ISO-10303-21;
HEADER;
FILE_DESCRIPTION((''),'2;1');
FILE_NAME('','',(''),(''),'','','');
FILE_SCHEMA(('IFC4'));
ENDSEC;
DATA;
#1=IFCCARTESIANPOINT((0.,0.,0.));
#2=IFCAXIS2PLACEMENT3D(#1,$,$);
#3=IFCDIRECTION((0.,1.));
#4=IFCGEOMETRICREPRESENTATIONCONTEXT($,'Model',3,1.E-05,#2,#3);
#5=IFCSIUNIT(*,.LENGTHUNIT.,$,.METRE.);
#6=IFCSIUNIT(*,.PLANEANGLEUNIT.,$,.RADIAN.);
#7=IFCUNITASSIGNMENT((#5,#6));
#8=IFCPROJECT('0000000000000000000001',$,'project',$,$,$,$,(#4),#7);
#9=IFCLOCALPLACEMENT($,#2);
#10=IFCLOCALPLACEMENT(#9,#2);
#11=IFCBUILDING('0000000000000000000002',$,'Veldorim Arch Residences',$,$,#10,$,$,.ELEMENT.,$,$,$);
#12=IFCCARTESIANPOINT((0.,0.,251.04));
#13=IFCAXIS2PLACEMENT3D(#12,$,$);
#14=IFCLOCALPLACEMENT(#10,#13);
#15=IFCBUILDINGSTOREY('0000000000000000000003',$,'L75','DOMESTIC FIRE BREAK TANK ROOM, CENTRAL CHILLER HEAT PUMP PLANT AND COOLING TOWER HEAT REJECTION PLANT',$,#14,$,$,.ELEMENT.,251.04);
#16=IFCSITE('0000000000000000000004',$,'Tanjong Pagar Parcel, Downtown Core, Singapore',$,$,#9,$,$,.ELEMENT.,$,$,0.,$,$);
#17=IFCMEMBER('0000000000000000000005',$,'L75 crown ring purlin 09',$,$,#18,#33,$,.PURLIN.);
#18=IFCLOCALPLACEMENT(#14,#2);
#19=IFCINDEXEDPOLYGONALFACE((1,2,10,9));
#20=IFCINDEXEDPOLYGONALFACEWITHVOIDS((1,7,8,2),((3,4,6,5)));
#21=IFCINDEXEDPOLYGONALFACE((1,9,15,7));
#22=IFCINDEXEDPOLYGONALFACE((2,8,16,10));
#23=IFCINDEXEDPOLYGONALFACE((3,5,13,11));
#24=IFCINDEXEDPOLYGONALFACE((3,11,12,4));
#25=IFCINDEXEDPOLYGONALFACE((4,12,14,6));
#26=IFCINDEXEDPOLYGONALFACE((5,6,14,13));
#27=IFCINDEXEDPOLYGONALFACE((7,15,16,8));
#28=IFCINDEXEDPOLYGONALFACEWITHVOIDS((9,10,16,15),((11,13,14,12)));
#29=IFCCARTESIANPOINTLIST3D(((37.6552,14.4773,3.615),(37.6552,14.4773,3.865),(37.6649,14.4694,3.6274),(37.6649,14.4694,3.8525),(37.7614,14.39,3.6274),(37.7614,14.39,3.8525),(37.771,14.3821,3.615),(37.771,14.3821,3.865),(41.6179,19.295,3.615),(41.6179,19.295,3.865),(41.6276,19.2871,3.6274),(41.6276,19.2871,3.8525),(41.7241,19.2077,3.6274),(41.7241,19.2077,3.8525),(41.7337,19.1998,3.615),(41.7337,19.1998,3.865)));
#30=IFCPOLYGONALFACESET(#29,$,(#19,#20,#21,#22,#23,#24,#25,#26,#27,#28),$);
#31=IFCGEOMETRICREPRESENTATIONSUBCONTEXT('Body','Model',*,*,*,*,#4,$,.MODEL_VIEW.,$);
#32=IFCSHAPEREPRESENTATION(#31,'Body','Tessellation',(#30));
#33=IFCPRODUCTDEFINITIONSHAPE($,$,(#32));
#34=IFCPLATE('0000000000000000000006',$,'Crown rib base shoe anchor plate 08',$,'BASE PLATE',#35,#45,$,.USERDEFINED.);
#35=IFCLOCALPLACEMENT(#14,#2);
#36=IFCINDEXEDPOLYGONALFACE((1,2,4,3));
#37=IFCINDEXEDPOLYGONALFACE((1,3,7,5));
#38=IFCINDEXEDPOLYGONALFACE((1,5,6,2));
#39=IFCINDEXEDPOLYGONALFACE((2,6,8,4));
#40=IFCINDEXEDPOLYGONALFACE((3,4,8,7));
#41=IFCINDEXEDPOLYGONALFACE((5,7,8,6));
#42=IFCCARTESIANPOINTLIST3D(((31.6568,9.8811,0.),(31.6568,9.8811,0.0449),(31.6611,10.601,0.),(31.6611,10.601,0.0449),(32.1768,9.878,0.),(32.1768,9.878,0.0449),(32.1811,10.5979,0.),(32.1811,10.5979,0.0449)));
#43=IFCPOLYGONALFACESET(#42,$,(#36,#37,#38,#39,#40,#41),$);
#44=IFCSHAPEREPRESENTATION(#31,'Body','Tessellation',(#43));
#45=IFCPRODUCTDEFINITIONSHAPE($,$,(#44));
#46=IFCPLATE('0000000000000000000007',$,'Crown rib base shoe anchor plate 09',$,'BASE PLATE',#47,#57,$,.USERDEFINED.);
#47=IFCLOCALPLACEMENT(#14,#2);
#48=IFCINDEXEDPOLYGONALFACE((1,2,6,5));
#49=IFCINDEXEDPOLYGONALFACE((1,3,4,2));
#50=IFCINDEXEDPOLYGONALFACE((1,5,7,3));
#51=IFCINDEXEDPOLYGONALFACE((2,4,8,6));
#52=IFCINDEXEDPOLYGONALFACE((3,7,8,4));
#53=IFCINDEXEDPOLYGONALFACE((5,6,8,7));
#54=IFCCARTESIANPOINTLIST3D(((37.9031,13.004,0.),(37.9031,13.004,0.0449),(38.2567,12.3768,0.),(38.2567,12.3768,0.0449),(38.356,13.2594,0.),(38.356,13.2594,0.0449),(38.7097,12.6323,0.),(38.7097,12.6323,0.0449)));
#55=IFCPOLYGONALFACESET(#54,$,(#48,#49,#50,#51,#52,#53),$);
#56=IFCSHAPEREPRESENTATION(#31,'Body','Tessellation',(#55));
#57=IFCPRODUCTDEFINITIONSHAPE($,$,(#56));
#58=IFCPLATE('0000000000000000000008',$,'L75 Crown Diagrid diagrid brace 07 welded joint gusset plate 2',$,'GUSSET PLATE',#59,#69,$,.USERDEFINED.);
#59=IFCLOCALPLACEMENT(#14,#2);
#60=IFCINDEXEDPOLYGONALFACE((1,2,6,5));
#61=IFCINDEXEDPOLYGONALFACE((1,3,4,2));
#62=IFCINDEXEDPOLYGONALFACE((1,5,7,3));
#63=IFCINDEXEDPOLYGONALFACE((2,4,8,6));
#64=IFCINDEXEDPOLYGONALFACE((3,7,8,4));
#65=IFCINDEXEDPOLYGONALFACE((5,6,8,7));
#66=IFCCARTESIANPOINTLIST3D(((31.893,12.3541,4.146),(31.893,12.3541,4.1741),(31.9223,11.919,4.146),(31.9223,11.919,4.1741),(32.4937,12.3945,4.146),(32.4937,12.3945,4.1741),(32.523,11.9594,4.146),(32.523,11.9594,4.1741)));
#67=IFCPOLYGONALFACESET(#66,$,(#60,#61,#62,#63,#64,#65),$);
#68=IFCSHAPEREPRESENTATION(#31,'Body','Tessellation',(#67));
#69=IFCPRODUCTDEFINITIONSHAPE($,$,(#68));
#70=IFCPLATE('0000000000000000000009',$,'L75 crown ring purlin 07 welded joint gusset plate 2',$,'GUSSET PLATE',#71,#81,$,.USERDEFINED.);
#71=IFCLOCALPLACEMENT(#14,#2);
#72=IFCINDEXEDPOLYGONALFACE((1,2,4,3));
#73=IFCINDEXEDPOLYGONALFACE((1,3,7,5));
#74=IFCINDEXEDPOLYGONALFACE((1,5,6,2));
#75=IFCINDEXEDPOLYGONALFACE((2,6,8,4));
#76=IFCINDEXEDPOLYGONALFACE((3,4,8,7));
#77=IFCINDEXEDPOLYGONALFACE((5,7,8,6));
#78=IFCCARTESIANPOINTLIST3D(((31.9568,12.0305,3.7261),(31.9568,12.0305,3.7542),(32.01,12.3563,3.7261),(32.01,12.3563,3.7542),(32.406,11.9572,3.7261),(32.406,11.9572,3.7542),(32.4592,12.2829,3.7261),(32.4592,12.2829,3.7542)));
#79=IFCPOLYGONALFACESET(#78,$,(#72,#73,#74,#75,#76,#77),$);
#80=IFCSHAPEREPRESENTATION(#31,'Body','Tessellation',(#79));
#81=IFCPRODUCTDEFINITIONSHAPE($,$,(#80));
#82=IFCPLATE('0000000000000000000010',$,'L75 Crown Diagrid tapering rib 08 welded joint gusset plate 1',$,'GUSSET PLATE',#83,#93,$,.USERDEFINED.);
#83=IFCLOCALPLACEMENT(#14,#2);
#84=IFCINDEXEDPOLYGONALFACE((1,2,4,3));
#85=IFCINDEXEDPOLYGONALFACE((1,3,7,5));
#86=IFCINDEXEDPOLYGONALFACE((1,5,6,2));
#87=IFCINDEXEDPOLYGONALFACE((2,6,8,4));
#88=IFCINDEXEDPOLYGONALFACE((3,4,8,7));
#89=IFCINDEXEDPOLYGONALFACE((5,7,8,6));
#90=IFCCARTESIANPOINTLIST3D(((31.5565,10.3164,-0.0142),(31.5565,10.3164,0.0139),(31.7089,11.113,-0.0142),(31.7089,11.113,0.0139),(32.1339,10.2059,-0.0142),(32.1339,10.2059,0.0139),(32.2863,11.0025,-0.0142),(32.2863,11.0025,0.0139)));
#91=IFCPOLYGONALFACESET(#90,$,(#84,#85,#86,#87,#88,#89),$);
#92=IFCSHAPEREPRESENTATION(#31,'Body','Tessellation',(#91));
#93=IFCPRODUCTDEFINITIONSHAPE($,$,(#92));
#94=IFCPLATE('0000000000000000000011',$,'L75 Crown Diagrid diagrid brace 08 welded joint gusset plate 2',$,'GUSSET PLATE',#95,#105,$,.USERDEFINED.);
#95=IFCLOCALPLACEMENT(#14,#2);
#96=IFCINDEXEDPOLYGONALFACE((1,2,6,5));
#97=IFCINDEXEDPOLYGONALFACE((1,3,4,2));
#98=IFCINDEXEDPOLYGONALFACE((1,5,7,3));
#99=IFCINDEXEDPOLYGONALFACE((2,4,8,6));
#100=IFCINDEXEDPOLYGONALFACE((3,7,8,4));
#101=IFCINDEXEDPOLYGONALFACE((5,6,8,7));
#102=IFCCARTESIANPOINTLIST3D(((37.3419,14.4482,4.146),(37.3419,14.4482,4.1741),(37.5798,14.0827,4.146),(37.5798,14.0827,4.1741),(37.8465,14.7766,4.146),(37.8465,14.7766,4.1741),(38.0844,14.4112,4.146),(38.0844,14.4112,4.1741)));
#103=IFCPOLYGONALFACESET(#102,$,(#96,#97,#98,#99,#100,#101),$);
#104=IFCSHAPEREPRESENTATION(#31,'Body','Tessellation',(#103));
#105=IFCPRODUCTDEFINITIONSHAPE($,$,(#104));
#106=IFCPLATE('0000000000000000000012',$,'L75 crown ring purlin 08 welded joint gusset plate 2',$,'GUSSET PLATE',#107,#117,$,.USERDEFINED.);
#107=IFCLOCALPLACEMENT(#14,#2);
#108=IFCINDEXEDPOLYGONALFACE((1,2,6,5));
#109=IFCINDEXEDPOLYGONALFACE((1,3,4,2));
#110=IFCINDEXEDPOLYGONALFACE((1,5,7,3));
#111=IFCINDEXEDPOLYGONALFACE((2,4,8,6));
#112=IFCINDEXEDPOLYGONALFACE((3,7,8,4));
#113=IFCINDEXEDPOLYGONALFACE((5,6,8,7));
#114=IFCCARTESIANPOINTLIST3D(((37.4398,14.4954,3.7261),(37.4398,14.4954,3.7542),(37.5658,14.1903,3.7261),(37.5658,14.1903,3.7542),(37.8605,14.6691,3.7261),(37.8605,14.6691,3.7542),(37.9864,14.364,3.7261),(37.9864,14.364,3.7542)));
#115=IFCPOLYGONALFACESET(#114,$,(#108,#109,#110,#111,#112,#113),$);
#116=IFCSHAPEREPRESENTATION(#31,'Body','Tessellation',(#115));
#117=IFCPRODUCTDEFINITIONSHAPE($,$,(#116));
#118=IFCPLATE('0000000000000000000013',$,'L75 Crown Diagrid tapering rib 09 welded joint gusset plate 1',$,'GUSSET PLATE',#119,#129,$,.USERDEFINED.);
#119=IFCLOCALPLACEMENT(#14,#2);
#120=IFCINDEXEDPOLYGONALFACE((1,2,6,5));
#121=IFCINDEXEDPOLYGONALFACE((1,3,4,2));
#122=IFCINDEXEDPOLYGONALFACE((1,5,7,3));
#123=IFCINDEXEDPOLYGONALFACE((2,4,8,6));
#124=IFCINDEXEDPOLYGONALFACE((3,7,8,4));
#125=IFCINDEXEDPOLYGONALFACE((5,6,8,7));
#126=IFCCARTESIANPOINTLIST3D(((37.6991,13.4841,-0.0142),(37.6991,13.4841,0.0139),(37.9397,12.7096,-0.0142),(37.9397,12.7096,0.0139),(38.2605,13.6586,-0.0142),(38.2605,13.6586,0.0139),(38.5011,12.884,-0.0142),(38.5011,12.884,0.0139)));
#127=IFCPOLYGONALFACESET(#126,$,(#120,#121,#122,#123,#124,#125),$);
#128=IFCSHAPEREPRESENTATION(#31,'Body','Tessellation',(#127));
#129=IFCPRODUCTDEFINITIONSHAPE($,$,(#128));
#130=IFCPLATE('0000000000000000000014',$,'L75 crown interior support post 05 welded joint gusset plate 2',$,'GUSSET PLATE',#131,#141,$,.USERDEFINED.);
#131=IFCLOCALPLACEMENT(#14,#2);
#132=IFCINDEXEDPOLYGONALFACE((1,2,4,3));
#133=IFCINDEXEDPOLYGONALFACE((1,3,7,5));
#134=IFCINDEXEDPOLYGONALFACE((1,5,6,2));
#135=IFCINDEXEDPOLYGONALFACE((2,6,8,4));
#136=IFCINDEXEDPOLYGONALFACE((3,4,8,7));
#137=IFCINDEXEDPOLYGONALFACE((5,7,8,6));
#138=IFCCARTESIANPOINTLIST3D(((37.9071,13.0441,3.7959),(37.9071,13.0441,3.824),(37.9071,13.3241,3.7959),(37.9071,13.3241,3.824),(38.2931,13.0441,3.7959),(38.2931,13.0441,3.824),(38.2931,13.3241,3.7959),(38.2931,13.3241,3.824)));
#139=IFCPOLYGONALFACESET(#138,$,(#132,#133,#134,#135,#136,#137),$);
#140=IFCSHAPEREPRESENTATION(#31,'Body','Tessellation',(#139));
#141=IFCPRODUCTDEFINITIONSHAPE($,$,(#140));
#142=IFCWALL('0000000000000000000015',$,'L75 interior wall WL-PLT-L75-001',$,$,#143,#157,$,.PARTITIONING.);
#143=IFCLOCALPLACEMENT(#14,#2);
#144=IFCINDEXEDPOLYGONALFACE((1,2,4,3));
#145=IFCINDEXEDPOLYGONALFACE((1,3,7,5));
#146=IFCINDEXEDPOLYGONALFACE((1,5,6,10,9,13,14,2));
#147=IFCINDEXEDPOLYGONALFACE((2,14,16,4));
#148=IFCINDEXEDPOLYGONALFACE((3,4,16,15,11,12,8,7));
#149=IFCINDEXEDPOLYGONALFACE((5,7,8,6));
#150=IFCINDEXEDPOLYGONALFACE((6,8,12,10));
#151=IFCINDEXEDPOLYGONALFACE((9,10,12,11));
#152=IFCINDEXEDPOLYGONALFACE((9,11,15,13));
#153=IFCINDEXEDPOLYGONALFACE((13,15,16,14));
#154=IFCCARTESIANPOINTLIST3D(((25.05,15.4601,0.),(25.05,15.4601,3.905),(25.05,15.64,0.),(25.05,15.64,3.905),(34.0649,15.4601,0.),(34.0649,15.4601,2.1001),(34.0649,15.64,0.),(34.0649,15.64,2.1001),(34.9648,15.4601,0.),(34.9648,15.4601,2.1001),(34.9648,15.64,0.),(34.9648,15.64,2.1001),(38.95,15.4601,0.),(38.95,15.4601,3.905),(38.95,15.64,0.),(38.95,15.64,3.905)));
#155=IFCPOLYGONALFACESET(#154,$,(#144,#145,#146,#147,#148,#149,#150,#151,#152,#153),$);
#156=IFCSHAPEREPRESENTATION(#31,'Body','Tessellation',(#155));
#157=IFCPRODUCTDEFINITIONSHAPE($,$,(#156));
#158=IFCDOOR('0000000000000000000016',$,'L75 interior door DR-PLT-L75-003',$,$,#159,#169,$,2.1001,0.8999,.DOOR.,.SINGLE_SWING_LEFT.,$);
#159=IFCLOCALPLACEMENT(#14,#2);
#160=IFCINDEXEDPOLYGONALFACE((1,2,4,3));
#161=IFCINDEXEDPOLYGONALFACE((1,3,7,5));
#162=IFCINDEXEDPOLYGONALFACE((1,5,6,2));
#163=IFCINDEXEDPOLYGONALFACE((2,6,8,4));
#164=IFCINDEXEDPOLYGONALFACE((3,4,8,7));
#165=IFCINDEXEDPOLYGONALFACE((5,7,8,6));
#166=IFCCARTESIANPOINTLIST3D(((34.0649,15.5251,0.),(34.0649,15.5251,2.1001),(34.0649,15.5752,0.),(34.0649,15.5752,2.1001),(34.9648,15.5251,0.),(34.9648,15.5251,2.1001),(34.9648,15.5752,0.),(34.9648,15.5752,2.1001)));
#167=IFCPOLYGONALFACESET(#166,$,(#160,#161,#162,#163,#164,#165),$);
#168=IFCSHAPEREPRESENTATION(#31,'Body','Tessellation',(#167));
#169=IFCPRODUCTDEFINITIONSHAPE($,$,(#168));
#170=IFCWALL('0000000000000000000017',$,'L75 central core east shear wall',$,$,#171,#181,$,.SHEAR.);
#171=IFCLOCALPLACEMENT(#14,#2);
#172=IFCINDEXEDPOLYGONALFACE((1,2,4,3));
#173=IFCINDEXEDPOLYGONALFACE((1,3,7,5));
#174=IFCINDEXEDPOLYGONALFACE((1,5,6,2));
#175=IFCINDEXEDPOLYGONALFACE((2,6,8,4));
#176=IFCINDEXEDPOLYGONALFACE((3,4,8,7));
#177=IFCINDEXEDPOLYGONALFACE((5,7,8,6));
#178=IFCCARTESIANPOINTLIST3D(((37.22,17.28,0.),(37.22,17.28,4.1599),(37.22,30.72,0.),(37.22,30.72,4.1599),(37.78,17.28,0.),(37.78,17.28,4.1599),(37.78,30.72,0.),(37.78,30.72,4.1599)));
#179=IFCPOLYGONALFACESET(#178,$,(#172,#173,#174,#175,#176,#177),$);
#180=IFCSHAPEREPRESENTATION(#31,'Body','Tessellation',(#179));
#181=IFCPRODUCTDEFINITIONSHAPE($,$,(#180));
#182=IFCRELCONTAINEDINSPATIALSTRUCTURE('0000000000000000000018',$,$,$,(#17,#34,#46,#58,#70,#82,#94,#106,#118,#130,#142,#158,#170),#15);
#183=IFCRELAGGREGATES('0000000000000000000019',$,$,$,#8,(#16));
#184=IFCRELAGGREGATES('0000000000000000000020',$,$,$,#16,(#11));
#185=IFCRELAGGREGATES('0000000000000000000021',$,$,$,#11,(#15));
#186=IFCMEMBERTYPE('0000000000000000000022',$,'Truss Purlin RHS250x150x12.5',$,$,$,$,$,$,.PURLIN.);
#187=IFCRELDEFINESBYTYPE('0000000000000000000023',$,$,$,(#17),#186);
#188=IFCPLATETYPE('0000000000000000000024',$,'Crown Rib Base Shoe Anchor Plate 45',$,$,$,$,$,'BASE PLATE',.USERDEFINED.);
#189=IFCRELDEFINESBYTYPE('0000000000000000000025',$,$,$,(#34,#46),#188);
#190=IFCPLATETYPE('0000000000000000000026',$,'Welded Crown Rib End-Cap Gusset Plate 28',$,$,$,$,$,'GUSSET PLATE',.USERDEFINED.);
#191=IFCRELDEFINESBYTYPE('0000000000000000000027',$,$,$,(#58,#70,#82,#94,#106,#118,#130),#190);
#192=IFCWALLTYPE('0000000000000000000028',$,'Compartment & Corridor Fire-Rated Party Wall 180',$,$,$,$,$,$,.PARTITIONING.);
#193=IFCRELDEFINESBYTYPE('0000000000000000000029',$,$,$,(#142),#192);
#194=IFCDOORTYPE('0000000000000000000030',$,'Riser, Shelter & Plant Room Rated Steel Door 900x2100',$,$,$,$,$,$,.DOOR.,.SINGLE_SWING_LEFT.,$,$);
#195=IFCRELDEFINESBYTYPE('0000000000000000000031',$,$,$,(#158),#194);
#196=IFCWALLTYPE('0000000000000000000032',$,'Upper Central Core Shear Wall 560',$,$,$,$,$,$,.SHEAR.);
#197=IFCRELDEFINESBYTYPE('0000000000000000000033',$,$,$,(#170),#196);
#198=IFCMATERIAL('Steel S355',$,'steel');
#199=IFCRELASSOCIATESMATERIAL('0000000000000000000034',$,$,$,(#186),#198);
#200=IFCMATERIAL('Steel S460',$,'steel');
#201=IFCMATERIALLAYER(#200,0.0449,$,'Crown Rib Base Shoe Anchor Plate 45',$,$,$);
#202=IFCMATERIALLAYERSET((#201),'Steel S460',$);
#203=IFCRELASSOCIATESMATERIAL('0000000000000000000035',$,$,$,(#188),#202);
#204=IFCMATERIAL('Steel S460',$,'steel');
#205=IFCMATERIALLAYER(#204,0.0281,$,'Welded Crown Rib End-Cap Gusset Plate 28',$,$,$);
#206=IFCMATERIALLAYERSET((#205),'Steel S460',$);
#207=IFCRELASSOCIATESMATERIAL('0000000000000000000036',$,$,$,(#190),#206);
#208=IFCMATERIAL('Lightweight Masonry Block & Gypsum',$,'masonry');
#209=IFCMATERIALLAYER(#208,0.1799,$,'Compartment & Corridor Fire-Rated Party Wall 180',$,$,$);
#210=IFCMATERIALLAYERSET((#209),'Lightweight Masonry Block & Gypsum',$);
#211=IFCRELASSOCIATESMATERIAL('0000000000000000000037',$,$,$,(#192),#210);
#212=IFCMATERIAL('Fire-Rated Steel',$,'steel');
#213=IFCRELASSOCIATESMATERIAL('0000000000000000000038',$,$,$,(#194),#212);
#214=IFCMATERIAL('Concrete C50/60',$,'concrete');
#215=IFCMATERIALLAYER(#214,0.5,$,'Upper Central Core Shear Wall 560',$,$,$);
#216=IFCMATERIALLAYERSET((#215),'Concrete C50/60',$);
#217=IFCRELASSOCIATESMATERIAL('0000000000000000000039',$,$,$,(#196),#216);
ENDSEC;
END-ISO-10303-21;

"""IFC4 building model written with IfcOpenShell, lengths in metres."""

from ifc_helpers import new_model, si_unit, direction, frame, frame_2d, origin, origin_2d, place, context, subcontext, project, spatial, rectangle, hollow_rectangle, extrude, material, layer, layer_set, material_profile, profile_set, type_object, element, fill, save


model = new_model("IFC4")

# Units and contexts
model_context = context("Model", 3, precision=1e-05, world=origin(), true_north=direction((0.0, 1.0)))
body_context = subcontext(model_context, "Body", "Model", "MODEL_VIEW")
ifc_project = project(units=[si_unit("LENGTHUNIT", "METRE"), si_unit("PLANEANGLEUNIT", "RADIAN")], contexts=[model_context])

# Site, building, storey
site_placement = place(None, origin())
site = spatial("IfcSite", under=ifc_project, at=site_placement, Name="Tanjong Pagar Parcel, Downtown Core, Singapore", CompositionType="ELEMENT", RefElevation=0.0)
building_placement = place(site_placement, origin())
building = spatial("IfcBuilding", under=site, at=building_placement, Name="Veldorim Arch Residences", CompositionType="ELEMENT")
storey_placement = place(building_placement, frame((0.0, 0.0, 251.04)))
storey = spatial("IfcBuildingStorey", under=building, at=storey_placement, Name="L75", Description="DOMESTIC FIRE BREAK TANK ROOM, CENTRAL CHILLER HEAT PUMP PLANT AND COOLING TOWER HEAT REJECTION PLANT", CompositionType="ELEMENT", Elevation=251.04)

# Member
ifc_material_1 = material(Name="Steel S355", Category="steel")
ifc_material_profile_1 = material_profile(ifc_material_1, hollow_rectangle(XDim=0.1499, YDim=0.25, WallThickness=0.0125, at=origin_2d()), Name="RHS250x150x12.5")
ifc_profile_set_1 = profile_set([ifc_material_profile_1], Name="Steel S355")
member_type_1 = type_object("IfcMemberType", Name="Truss Purlin RHS250x150x12.5", PredefinedType="PURLIN", material=ifc_profile_set_1)
member_1_placement = place(storey_placement, frame((37.7131, 14.4297, 3.74), z_axis=(0.635248, 0.772309, 0.0), x_axis=(-0.772309, 0.635248, 0.0)))
element("IfcMember", 1, at=member_1_placement, inside=storey, type_object=member_type_1, Name="L75 crown ring purlin 09", PredefinedType="PURLIN", context=body_context, shape_type="SweptSolid", body=[
    extrude(hollow_rectangle(XDim=0.1499, YDim=0.25, WallThickness=0.0125, at=origin_2d()), origin(), (0.0, 0.0, 1.0), 6.238),
])

# Plates
ifc_material_2 = material(Name="Steel S460", Category="steel")
ifc_layer_1 = layer(ifc_material_2, 0.0449, Name="Crown Rib Base Shoe Anchor Plate 45")
ifc_layer_set_1 = layer_set([ifc_layer_1], Name="Steel S460")
plate_type_1 = type_object("IfcPlateType", Name="Crown Rib Base Shoe Anchor Plate 45", ElementType="BASE PLATE", PredefinedType="USERDEFINED", material=ifc_layer_set_1)
for number, where, z_axis, x_axis, name in (
    (2, (31.9189, 10.2395, 0.0), (0.0, 0.0, 1.0), (-0.005934, -0.999982, 0.0), "Crown rib base shoe anchor plate 08"),
    (3, (38.3064, 12.8181, 0.0), (0.0, 0.0, 1.0), (0.491208, -0.871042, 0.0), "Crown rib base shoe anchor plate 09"),
):
    element("IfcPlate", number, at=place(storey_placement, frame(where, z_axis=z_axis, x_axis=x_axis)), inside=storey, type_object=plate_type_1, Name=name, ObjectType="BASE PLATE", PredefinedType="USERDEFINED", context=body_context, shape_type="SweptSolid", body=[
        extrude(rectangle(XDim=0.72, YDim=0.52, at=origin_2d()), origin(), (0.0, 0.0, 1.0), 0.0449),
    ])
ifc_material_3 = material(Name="Steel S460", Category="steel")
ifc_layer_2 = layer(ifc_material_3, 0.0281, Name="Welded Crown Rib End-Cap Gusset Plate 28")
ifc_layer_set_2 = layer_set([ifc_layer_2], Name="Steel S460")
plate_type_2 = type_object("IfcPlateType", Name="Welded Crown Rib End-Cap Gusset Plate 28", ElementType="GUSSET PLATE", PredefinedType="USERDEFINED", material=ifc_layer_set_2)
plate_1_placement = place(storey_placement, frame((32.208, 12.1567, 4.146), z_axis=(0.0, 0.0, 1.0), x_axis=(0.997744, 0.067127, 0.0)))
element("IfcPlate", 4, at=plate_1_placement, inside=storey, type_object=plate_type_2, Name="L75 Crown Diagrid diagrid brace 07 welded joint gusset plate 2", ObjectType="GUSSET PLATE", PredefinedType="USERDEFINED", context=body_context, shape_type="SweptSolid", body=[
    extrude(rectangle(XDim=0.6021, YDim=0.436, at=origin_2d()), origin(), (0.0, 0.0, 1.0), 0.0281),
])
plate_2_placement = place(storey_placement, frame((32.208, 12.1567, 3.7261), z_axis=(0.0, 0.0, 1.0), x_axis=(0.986926, -0.161173, 0.0)))
element("IfcPlate", 5, at=plate_2_placement, inside=storey, type_object=plate_type_2, Name="L75 crown ring purlin 07 welded joint gusset plate 2", ObjectType="GUSSET PLATE", PredefinedType="USERDEFINED", context=body_context, shape_type="SweptSolid", body=[
    extrude(rectangle(XDim=0.4551, YDim=0.3301, at=origin_2d()), origin(), (0.0, 0.0, 1.0), 0.0281),
])
plate_3_placement = place(storey_placement, frame((31.9214, 10.6594, -0.0142), z_axis=(0.0, 0.0, 1.0), x_axis=(0.187981, 0.982173, 0.0)))
element("IfcPlate", 6, at=plate_3_placement, inside=storey, type_object=plate_type_2, Name="L75 Crown Diagrid tapering rib 08 welded joint gusset plate 1", ObjectType="GUSSET PLATE", PredefinedType="USERDEFINED", context=body_context, shape_type="SweptSolid", body=[
    extrude(rectangle(XDim=0.811, YDim=0.5879, at=origin_2d()), origin(), (0.0, 0.0, 1.0), 0.0281),
])
plate_4_placement = place(storey_placement, frame((37.7131, 14.4297, 4.146), z_axis=(0.0, 0.0, 1.0), x_axis=(0.838071, 0.545561, 0.0)))
element("IfcPlate", 7, at=plate_4_placement, inside=storey, type_object=plate_type_2, Name="L75 Crown Diagrid diagrid brace 08 welded joint gusset plate 2", ObjectType="GUSSET PLATE", PredefinedType="USERDEFINED", context=body_context, shape_type="SweptSolid", body=[
    extrude(rectangle(XDim=0.6021, YDim=0.436, at=origin_2d()), origin(), (0.0, 0.0, 1.0), 0.0281),
])
plate_5_placement = place(storey_placement, frame((37.7131, 14.4297, 3.7261), z_axis=(0.0, 0.0, 1.0), x_axis=(0.92432, 0.381619, 0.0)))
element("IfcPlate", 8, at=plate_5_placement, inside=storey, type_object=plate_type_2, Name="L75 crown ring purlin 08 welded joint gusset plate 2", ObjectType="GUSSET PLATE", PredefinedType="USERDEFINED", context=body_context, shape_type="SweptSolid", body=[
    extrude(rectangle(XDim=0.4551, YDim=0.3301, at=origin_2d()), origin(), (0.0, 0.0, 1.0), 0.0281),
])
plate_6_placement = place(storey_placement, frame((38.1001, 13.1841, -0.0142), z_axis=(0.0, 0.0, 1.0), x_axis=(-0.296708, 0.954968, 0.0)))
element("IfcPlate", 9, at=plate_6_placement, inside=storey, type_object=plate_type_2, Name="L75 Crown Diagrid tapering rib 09 welded joint gusset plate 1", ObjectType="GUSSET PLATE", PredefinedType="USERDEFINED", context=body_context, shape_type="SweptSolid", body=[
    extrude(rectangle(XDim=0.811, YDim=0.5879, at=origin_2d()), origin(), (0.0, 0.0, 1.0), 0.0281),
])
plate_7_placement = place(storey_placement, frame((38.1001, 13.1841, 3.7959), z_axis=(0.0, 0.0, 1.0), x_axis=(1.0, 0.0, 0.0)))
element("IfcPlate", 10, at=plate_7_placement, inside=storey, type_object=plate_type_2, Name="L75 crown interior support post 05 welded joint gusset plate 2", ObjectType="GUSSET PLATE", PredefinedType="USERDEFINED", context=body_context, shape_type="SweptSolid", body=[
    extrude(rectangle(XDim=0.386, YDim=0.28, at=origin_2d()), origin(), (0.0, 0.0, 1.0), 0.0281),
])

# Wall, opening, door
ifc_material_4 = material(Name="Lightweight Masonry Block & Gypsum", Category="masonry")
ifc_layer_3 = layer(ifc_material_4, 0.1799, Name="Compartment & Corridor Fire-Rated Party Wall 180")
ifc_layer_set_3 = layer_set([ifc_layer_3], Name="Lightweight Masonry Block & Gypsum")
wall_type_1 = type_object("IfcWallType", Name="Compartment & Corridor Fire-Rated Party Wall 180", PredefinedType="PARTITIONING", material=ifc_layer_set_3)
wall_1_placement = place(storey_placement, frame((38.95, 15.55, 0.0), z_axis=(0.0, 0.0, 1.0), x_axis=(-1.0, 0.0, 0.0)))
wall_1 = element("IfcWall", 11, at=wall_1_placement, inside=storey, type_object=wall_type_1, Name="L75 interior wall WL-PLT-L75-001", PredefinedType="PARTITIONING", context=body_context, shape_type="SweptSolid", body=[
    extrude(rectangle(XDim=13.8999, YDim=0.1799, at=frame_2d((6.95, 0.0))), origin(), (0.0, 0.0, 1.0), 3.905),
])
opening_placement = place(wall_1_placement, frame((3.9851, 0.0, 0.0)))
opening = element("IfcOpeningElement", 12, at=opening_placement, cuts=wall_1, PredefinedType="OPENING", context=body_context, shape_type="SweptSolid", body=[
    extrude(rectangle(XDim=0.8999, YDim=2.1001, at=frame_2d((0.45, 1.05))), frame((0.0, 0.0999, 0.0), z_axis=(0.0, -1.0, 0.0), x_axis=(1.0, 0.0, 0.0)), (0.0, 0.0, 1.0), 0.2),
])
ifc_material_5 = material(Name="Fire-Rated Steel", Category="steel")
door_type = type_object("IfcDoorType", Name="Riser, Shelter & Plant Room Rated Steel Door 900x2100", OperationType="SINGLE_SWING_LEFT", PredefinedType="DOOR", material=ifc_material_5)
door_placement = place(opening_placement, origin())
door = element("IfcDoor", 13, at=door_placement, inside=storey, type_object=door_type, Name="L75 interior door DR-PLT-L75-003", OperationType="SINGLE_SWING_LEFT", OverallHeight=2.1001, OverallWidth=0.8999, PredefinedType="DOOR", context=body_context, shape_type="SweptSolid", body=[
    extrude(rectangle(XDim=0.8999, YDim=2.1001, at=frame_2d((0.45, 1.05))), frame((0.0, 0.0249, 0.0), z_axis=(0.0, -1.0, 0.0), x_axis=(1.0, 0.0, 0.0)), (0.0, 0.0, 1.0), 0.05),
])
fill(opening, door)

# Wall
ifc_material_6 = material(Name="Concrete C50/60", Category="concrete")
ifc_layer_4 = layer(ifc_material_6, 0.5, Name="Upper Central Core Shear Wall 560")
ifc_layer_set_4 = layer_set([ifc_layer_4], Name="Concrete C50/60")
wall_type_2 = type_object("IfcWallType", Name="Upper Central Core Shear Wall 560", PredefinedType="SHEAR", material=ifc_layer_set_4)
wall_2_placement = place(storey_placement, frame((37.5, 17.28, 0.0), z_axis=(0.0, 0.0, 1.0), x_axis=(0.0, 1.0, 0.0)))
element("IfcWall", 14, at=wall_2_placement, inside=storey, type_object=wall_type_2, Name="L75 central core east shear wall", PredefinedType="SHEAR", context=body_context, shape_type="SweptSolid", body=[
    extrude(rectangle(XDim=13.4399, YDim=0.5601, at=frame_2d((6.72, 0.0))), origin(), (0.0, 0.0, 1.0), 4.1599),
])

save(model, "model.ifc")
